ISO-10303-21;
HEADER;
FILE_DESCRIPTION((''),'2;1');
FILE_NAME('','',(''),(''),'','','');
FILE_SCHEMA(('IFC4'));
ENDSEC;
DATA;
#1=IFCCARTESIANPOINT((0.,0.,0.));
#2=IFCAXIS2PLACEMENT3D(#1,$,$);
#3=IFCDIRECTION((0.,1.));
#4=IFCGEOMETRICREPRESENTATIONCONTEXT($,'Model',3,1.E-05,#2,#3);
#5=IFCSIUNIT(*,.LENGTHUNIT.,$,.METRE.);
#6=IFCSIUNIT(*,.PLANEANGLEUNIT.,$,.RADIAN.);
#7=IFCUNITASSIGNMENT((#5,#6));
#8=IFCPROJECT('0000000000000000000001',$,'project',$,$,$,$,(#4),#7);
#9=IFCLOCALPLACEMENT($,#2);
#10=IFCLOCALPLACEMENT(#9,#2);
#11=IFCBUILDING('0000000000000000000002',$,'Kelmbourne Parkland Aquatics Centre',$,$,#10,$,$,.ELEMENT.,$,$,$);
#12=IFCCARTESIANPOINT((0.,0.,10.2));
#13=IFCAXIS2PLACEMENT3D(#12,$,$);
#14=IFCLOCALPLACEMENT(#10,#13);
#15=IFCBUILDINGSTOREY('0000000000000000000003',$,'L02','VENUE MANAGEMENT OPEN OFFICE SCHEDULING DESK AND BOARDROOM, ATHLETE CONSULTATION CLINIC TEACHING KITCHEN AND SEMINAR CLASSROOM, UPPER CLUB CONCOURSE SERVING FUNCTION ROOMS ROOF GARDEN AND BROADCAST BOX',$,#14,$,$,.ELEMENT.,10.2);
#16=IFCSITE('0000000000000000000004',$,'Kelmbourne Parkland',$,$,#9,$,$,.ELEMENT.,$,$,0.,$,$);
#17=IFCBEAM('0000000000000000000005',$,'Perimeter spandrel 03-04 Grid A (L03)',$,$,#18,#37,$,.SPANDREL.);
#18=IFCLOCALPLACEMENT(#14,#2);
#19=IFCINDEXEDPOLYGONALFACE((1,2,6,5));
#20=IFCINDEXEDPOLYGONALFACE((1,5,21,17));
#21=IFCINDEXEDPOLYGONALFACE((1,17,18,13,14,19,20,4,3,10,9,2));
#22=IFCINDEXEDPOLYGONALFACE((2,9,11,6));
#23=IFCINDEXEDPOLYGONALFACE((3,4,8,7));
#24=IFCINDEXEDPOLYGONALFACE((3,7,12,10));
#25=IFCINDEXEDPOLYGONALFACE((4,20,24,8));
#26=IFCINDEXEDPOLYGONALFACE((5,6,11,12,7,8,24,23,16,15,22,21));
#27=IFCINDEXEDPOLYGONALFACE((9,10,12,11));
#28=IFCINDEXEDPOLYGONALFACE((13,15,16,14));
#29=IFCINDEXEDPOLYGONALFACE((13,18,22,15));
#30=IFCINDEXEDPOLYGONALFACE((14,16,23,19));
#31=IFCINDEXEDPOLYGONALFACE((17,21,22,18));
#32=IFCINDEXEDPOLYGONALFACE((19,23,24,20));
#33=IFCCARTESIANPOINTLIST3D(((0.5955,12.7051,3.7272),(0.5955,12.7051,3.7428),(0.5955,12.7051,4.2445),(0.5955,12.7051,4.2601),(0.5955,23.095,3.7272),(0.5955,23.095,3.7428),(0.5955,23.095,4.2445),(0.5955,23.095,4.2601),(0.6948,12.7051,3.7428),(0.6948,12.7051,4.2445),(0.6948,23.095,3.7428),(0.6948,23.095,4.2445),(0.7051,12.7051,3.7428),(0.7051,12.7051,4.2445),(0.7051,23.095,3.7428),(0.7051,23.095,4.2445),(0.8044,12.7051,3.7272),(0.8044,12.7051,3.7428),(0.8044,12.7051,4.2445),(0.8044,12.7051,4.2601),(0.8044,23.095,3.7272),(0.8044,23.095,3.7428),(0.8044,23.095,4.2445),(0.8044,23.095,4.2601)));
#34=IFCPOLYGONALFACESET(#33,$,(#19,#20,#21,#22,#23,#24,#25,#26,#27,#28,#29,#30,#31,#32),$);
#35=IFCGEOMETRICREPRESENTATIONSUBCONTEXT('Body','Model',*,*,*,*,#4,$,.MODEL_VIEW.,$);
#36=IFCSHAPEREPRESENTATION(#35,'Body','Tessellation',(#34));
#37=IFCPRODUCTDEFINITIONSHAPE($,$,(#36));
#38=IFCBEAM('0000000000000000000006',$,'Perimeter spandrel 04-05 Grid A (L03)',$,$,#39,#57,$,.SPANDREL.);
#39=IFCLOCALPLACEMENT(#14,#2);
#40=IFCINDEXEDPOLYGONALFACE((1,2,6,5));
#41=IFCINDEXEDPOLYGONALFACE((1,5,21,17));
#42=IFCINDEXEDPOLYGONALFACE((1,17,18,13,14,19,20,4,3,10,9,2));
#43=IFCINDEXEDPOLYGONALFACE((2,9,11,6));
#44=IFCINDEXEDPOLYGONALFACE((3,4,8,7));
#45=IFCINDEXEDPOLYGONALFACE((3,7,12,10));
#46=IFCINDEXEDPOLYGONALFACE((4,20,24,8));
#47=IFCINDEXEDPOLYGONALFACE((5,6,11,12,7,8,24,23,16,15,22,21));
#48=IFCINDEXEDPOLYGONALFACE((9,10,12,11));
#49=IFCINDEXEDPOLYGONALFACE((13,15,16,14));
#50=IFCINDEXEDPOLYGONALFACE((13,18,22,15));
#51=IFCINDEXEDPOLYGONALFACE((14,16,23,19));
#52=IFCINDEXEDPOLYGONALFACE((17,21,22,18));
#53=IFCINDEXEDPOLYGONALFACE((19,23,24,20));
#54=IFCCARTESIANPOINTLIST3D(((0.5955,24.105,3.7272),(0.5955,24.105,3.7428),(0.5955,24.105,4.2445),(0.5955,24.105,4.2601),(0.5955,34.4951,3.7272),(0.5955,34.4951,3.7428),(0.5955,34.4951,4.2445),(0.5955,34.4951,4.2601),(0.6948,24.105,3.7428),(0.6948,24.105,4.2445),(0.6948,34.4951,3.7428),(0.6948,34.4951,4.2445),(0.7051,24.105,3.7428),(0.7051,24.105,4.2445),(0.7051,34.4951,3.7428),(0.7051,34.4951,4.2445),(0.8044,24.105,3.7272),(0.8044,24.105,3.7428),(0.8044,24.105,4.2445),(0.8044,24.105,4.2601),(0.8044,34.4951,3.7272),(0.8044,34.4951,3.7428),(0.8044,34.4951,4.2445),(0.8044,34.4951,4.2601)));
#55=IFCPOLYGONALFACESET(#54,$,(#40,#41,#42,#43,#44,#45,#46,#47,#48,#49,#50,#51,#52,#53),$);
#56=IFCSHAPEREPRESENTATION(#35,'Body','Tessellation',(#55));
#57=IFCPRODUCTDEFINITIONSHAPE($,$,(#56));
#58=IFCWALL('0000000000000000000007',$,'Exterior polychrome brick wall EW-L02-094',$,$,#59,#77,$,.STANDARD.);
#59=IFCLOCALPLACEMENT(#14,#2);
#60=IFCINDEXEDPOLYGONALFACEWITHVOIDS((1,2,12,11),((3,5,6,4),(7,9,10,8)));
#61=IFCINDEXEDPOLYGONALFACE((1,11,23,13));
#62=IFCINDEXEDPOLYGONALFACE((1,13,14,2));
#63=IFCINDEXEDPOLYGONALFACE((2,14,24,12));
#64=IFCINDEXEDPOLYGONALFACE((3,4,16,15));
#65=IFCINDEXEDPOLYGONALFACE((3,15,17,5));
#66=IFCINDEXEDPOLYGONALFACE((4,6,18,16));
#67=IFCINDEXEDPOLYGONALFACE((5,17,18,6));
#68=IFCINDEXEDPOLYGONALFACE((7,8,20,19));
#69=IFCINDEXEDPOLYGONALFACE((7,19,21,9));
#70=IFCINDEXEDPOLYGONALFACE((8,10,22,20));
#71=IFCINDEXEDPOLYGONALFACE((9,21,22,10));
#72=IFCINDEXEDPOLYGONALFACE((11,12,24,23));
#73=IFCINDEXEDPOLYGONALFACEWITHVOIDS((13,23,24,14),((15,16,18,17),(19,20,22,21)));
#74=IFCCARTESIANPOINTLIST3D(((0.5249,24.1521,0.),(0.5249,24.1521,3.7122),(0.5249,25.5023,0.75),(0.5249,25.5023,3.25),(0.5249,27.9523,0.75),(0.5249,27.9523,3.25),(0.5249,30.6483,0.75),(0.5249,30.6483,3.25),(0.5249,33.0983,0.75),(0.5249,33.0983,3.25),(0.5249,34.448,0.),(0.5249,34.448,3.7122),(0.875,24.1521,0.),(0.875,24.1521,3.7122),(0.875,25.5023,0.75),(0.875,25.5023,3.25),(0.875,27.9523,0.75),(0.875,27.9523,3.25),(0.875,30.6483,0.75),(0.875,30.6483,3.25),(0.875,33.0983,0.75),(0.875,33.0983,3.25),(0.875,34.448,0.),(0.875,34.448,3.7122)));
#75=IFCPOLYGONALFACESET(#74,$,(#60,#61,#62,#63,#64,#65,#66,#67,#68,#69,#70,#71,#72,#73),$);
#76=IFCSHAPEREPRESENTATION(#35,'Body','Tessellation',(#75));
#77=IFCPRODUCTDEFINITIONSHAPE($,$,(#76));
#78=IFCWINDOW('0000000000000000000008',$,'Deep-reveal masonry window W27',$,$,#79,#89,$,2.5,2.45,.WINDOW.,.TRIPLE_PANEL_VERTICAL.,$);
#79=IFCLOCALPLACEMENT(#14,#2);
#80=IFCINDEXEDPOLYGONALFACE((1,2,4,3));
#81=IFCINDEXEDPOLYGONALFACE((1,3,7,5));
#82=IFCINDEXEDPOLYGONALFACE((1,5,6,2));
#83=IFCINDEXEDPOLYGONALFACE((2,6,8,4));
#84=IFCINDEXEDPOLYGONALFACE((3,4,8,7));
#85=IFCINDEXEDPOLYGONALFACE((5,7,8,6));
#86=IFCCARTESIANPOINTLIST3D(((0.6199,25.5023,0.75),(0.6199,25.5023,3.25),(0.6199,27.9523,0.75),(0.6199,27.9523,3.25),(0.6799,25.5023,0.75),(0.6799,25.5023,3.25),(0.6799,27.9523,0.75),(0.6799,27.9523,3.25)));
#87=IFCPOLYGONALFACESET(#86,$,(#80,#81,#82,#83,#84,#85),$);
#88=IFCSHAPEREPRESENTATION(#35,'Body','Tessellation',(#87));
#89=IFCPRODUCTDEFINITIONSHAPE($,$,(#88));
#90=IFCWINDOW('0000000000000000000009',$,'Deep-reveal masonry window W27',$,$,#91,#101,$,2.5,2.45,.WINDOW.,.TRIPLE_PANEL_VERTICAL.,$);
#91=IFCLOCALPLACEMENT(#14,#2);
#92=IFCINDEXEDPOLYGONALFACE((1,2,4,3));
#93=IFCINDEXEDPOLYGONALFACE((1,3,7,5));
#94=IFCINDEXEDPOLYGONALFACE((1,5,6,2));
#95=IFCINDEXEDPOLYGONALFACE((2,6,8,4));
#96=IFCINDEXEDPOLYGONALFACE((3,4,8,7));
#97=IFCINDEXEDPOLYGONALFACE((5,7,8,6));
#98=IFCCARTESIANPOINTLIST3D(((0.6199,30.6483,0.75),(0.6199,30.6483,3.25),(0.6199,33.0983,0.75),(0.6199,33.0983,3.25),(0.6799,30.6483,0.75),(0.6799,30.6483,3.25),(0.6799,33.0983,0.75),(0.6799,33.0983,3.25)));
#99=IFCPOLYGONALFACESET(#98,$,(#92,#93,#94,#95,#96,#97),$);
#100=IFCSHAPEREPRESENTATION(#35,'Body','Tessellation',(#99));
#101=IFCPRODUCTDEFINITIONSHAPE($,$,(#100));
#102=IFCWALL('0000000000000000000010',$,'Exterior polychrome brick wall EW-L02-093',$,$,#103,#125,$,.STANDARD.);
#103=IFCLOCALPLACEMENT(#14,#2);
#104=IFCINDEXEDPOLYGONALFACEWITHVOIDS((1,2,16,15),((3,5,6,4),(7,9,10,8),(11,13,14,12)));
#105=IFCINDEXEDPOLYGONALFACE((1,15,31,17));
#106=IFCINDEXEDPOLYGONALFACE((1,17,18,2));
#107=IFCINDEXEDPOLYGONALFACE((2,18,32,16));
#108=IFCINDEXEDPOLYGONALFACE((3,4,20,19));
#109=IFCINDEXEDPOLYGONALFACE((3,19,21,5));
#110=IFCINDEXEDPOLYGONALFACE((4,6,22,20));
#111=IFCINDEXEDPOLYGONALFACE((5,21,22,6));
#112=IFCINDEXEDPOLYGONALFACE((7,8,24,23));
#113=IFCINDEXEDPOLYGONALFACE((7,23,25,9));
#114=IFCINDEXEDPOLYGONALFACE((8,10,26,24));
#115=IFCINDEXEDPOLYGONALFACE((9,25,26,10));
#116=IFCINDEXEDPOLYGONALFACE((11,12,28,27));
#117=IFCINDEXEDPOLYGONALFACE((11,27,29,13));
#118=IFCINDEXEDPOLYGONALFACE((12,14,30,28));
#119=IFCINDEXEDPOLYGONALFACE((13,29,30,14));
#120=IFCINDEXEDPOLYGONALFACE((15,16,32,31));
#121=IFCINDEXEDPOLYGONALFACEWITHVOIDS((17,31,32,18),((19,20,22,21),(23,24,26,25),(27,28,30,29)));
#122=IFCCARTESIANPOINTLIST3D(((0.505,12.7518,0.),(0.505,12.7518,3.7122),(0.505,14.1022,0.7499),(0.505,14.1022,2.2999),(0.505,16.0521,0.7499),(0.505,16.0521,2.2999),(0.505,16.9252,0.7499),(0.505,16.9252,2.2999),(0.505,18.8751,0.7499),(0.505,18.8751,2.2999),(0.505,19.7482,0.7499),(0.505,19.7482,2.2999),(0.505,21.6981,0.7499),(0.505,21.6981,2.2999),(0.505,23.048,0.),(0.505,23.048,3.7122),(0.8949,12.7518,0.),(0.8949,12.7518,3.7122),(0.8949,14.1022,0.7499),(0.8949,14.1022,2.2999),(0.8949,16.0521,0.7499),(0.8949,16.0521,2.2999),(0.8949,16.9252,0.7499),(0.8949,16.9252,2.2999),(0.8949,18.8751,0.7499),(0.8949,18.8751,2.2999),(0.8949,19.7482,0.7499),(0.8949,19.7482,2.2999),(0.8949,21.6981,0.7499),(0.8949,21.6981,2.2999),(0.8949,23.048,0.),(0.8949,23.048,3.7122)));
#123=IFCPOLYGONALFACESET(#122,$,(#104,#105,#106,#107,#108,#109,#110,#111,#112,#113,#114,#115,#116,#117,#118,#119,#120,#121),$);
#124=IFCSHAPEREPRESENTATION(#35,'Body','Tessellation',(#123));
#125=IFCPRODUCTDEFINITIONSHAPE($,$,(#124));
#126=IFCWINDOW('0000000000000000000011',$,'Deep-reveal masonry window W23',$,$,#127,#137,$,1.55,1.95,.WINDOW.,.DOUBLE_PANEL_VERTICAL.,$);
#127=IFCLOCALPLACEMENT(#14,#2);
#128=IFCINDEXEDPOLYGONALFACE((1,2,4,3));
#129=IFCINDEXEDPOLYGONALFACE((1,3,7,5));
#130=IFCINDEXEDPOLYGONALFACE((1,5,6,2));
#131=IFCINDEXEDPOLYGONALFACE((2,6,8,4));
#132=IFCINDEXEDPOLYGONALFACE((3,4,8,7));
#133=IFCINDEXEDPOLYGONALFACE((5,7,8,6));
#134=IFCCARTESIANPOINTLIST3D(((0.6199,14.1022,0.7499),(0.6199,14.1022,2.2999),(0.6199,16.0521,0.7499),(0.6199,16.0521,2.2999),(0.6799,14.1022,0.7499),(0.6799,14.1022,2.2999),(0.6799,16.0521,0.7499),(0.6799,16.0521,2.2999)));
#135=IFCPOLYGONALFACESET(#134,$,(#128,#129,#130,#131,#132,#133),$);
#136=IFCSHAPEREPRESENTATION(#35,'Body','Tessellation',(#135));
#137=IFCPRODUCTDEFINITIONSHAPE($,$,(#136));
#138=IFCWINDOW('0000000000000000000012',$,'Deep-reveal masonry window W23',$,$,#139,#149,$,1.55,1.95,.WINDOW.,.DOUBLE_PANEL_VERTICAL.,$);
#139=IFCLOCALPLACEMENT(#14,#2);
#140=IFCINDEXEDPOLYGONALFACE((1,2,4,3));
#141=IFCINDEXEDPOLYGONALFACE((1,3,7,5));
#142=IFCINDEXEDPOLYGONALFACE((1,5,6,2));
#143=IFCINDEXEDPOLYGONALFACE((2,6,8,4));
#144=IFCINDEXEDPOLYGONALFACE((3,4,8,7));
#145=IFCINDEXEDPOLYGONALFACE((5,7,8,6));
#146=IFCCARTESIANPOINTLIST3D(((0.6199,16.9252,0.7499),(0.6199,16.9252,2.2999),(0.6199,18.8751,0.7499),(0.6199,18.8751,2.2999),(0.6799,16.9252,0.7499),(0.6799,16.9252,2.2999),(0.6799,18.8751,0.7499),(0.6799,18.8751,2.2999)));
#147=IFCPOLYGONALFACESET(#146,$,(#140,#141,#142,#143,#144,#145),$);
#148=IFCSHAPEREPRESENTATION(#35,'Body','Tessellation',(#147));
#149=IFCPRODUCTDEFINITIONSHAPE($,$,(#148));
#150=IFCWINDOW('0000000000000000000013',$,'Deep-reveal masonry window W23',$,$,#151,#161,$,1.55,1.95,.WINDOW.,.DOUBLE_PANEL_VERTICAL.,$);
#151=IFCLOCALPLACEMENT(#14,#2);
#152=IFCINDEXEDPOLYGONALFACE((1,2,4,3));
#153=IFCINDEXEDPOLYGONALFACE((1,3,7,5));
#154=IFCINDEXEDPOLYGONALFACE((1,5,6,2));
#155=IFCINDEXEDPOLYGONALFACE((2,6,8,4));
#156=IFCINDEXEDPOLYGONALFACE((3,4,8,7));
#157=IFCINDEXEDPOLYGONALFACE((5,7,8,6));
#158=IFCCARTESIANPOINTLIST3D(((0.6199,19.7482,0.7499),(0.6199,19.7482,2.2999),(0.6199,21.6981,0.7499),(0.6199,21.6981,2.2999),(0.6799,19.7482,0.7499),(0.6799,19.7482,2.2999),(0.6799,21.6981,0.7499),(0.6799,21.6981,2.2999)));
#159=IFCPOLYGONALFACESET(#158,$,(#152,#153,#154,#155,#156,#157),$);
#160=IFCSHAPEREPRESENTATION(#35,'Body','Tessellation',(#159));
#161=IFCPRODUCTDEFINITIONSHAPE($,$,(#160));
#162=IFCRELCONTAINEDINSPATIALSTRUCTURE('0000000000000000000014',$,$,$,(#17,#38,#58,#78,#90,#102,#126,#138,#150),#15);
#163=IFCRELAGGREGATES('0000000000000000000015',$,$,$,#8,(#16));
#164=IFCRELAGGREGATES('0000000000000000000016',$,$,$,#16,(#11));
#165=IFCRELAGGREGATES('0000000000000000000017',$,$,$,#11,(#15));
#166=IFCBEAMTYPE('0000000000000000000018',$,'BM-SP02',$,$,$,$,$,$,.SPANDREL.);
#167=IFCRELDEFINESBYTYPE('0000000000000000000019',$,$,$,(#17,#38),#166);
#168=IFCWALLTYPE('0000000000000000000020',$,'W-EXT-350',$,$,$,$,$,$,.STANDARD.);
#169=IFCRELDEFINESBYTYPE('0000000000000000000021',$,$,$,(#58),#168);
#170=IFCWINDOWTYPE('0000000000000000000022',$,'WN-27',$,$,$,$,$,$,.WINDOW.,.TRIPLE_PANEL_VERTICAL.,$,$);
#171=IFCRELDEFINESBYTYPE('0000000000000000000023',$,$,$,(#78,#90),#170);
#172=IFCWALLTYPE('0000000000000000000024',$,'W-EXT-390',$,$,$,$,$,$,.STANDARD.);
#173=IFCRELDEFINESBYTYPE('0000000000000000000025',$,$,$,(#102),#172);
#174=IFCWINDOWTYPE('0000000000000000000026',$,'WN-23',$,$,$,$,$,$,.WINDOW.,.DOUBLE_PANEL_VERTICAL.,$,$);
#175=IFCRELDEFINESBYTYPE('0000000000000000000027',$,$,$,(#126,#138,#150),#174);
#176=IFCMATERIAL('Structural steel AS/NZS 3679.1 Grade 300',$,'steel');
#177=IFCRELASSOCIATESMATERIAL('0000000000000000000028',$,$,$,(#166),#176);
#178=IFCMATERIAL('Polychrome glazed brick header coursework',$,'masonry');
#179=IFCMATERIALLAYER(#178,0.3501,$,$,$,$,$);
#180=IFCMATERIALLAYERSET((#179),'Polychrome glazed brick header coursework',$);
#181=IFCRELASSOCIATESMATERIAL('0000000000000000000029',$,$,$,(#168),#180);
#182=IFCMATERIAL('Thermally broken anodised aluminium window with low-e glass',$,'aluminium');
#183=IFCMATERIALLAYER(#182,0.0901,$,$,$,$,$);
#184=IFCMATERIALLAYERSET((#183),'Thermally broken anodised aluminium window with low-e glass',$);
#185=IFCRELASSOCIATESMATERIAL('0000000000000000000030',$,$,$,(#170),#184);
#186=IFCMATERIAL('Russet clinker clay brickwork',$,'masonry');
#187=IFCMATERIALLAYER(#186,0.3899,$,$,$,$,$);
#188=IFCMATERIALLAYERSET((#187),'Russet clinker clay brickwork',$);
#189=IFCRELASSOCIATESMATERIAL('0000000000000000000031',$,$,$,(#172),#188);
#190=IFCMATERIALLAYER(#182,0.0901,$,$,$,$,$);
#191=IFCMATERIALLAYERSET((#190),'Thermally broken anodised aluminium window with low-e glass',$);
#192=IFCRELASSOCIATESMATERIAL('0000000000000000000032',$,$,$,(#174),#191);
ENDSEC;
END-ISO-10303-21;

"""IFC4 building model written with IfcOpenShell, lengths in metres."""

from ifc_helpers import new_model, si_unit, direction, frame, frame_2d, origin, origin_2d, place, context, subcontext, project, spatial, rectangle, i_section, extrude, material, layer, layer_set, material_profile, profile_set, type_object, element, fill, save


model = new_model("IFC4")

# Units and contexts
model_context = context("Model", 3, precision=1e-05, world=origin(), true_north=direction((0.0, 1.0)))
body_context = subcontext(model_context, "Body", "Model", "MODEL_VIEW")
ifc_project = project(units=[si_unit("LENGTHUNIT", "METRE"), si_unit("PLANEANGLEUNIT", "RADIAN")], contexts=[model_context])

# Site, building, storey
site_placement = place(None, origin())
site = spatial("IfcSite", under=ifc_project, at=site_placement, Name="Kelmbourne Parkland", CompositionType="ELEMENT", RefElevation=0.0)
building_placement = place(site_placement, origin())
building = spatial("IfcBuilding", under=site, at=building_placement, Name="Kelmbourne Parkland Aquatics Centre", CompositionType="ELEMENT")
storey_placement = place(building_placement, frame((0.0, 0.0, 10.2)))
storey = spatial("IfcBuildingStorey", under=building, at=storey_placement, Name="L02", Description="VENUE MANAGEMENT OPEN OFFICE SCHEDULING DESK AND BOARDROOM, ATHLETE CONSULTATION CLINIC TEACHING KITCHEN AND SEMINAR CLASSROOM, UPPER CLUB CONCOURSE SERVING FUNCTION ROOMS ROOF GARDEN AND BROADCAST BOX", CompositionType="ELEMENT", Elevation=10.2)

# Beams
ifc_material_1 = material(Name="Structural steel AS/NZS 3679.1 Grade 300", Category="steel")
ifc_material_profile_1 = material_profile(ifc_material_1, i_section(OverallWidth=0.209, OverallDepth=0.533, WebThickness=0.0103, FlangeThickness=0.0156, at=origin_2d()), Name="530UB92.4")
ifc_profile_set_1 = profile_set([ifc_material_profile_1], Name="Structural steel AS/NZS 3679.1 Grade 300")
beam_type_1 = type_object("IfcBeamType", Name="BM-SP02", PredefinedType="SPANDREL", material=ifc_profile_set_1)
beam_1_placement = place(storey_placement, frame((0.7, 12.7051, 3.9937), z_axis=(0.0, 1.0, 0.0), x_axis=(-1.0, 0.0, 0.0)))
element("IfcBeam", 1, at=beam_1_placement, inside=storey, type_object=beam_type_1, Name="Perimeter spandrel 03-04 Grid A (L03)", PredefinedType="SPANDREL", context=body_context, shape_type="SweptSolid", body=[
    extrude(i_section(OverallWidth=0.209, OverallDepth=0.533, WebThickness=0.0103, FlangeThickness=0.0156, at=origin_2d()), origin(), (0.0, 0.0, 1.0), 10.3899),
])
beam_2_placement = place(storey_placement, frame((0.7, 24.105, 3.9937), z_axis=(0.0, 1.0, 0.0), x_axis=(-1.0, 0.0, 0.0)))
element("IfcBeam", 2, at=beam_2_placement, inside=storey, type_object=beam_type_1, Name="Perimeter spandrel 04-05 Grid A (L03)", PredefinedType="SPANDREL", context=body_context, shape_type="SweptSolid", body=[
    extrude(i_section(OverallWidth=0.209, OverallDepth=0.533, WebThickness=0.0103, FlangeThickness=0.0156, at=origin_2d()), origin(), (0.0, 0.0, 1.0), 10.3901),
])

# Walls, openings, windows
ifc_material_2 = material(Name="Polychrome glazed brick header coursework", Category="masonry")
ifc_layer_1 = layer(ifc_material_2, 0.3501)
ifc_layer_set_1 = layer_set([ifc_layer_1], Name="Polychrome glazed brick header coursework")
wall_type_1 = type_object("IfcWallType", Name="W-EXT-350", PredefinedType="STANDARD", material=ifc_layer_set_1)
wall_1_placement = place(storey_placement, frame((0.7, 24.1521, 0.0), z_axis=(0.0, 0.0, 1.0), x_axis=(0.0, 1.0, 0.0)))
wall_1 = element("IfcWall", 3, at=wall_1_placement, inside=storey, type_object=wall_type_1, Name="Exterior polychrome brick wall EW-L02-094", PredefinedType="STANDARD", context=body_context, shape_type="SweptSolid", body=[
    extrude(rectangle(XDim=10.2959, YDim=0.3501, at=frame_2d((5.1479, 0.0))), origin(), (0.0, 0.0, 1.0), 3.7122),
])
opening_1_placement = place(wall_1_placement, frame((1.3501, 0.0, 0.75)))
opening_1 = element("IfcOpeningElement", 4, at=opening_1_placement, cuts=wall_1, PredefinedType="OPENING", context=body_context, shape_type="SweptSolid", body=[
    extrude(rectangle(XDim=2.45, YDim=2.5, at=frame_2d((1.2251, 1.25))), frame((0.0, 0.187, 0.0), z_axis=(0.0, -1.0, 0.0), x_axis=(1.0, 0.0, 0.0)), (0.0, 0.0, 1.0), 0.374),
])
opening_2_placement = place(wall_1_placement, frame((6.4961, 0.0, 0.75)))
opening_2 = element("IfcOpeningElement", 5, at=opening_2_placement, cuts=wall_1, PredefinedType="OPENING", context=body_context, shape_type="SweptSolid", body=[
    extrude(rectangle(XDim=2.45, YDim=2.5, at=frame_2d((1.2251, 1.25))), frame((0.0, 0.187, 0.0), z_axis=(0.0, -1.0, 0.0), x_axis=(1.0, 0.0, 0.0)), (0.0, 0.0, 1.0), 0.374),
])
ifc_material_3 = material(Name="Thermally broken anodised aluminium window with low-e glass", Category="aluminium")
ifc_layer_2 = layer(ifc_material_3, 0.0901)
ifc_layer_set_2 = layer_set([ifc_layer_2], Name="Thermally broken anodised aluminium window with low-e glass")
window_type_1 = type_object("IfcWindowType", Name="WN-27", PartitioningType="TRIPLE_PANEL_VERTICAL", PredefinedType="WINDOW", material=ifc_layer_set_2)
window_1_placement = place(opening_1_placement, origin())
window_1 = element("IfcWindow", 6, at=window_1_placement, inside=storey, type_object=window_type_1, Name="Deep-reveal masonry window W27", OverallHeight=2.5, OverallWidth=2.45, PartitioningType="TRIPLE_PANEL_VERTICAL", PredefinedType="WINDOW", context=body_context, shape_type="SweptSolid", body=[
    extrude(rectangle(XDim=2.45, YDim=2.5, at=frame_2d((1.2251, 1.25))), frame((0.0, 0.0801, 0.0), z_axis=(0.0, -1.0, 0.0), x_axis=(1.0, 0.0, 0.0)), (0.0, 0.0, 1.0), 0.0601),
])
fill(opening_1, window_1)
window_2_placement = place(opening_2_placement, origin())
window_2 = element("IfcWindow", 7, at=window_2_placement, inside=storey, type_object=window_type_1, Name="Deep-reveal masonry window W27", OverallHeight=2.5, OverallWidth=2.45, PartitioningType="TRIPLE_PANEL_VERTICAL", PredefinedType="WINDOW", context=body_context, shape_type="SweptSolid", body=[
    extrude(rectangle(XDim=2.45, YDim=2.5, at=frame_2d((1.2251, 1.25))), frame((0.0, 0.0801, 0.0), z_axis=(0.0, -1.0, 0.0), x_axis=(1.0, 0.0, 0.0)), (0.0, 0.0, 1.0), 0.0601),
])
fill(opening_2, window_2)
ifc_material_4 = material(Name="Russet clinker clay brickwork", Category="masonry")
ifc_layer_3 = layer(ifc_material_4, 0.3899)
ifc_layer_set_3 = layer_set([ifc_layer_3], Name="Russet clinker clay brickwork")
wall_type_2 = type_object("IfcWallType", Name="W-EXT-390", PredefinedType="STANDARD", material=ifc_layer_set_3)
wall_2_placement = place(storey_placement, frame((0.7, 12.752, 0.0), z_axis=(0.0, 0.0, 1.0), x_axis=(0.0, 1.0, 0.0)))
wall_2 = element("IfcWall", 8, at=wall_2_placement, inside=storey, type_object=wall_type_2, Name="Exterior polychrome brick wall EW-L02-093", PredefinedType="STANDARD", context=body_context, shape_type="SweptSolid", body=[
    extrude(rectangle(XDim=10.2961, YDim=0.3899, at=frame_2d((5.1479, 0.0))), origin(), (0.0, 0.0, 1.0), 3.7122),
])
opening_3_placement = place(wall_2_placement, frame((1.3501, 0.0, 0.75)))
opening_3 = element("IfcOpeningElement", 9, at=opening_3_placement, cuts=wall_2, PredefinedType="OPENING", context=body_context, shape_type="SweptSolid", body=[
    extrude(rectangle(XDim=1.95, YDim=1.55, at=frame_2d((0.9751, 0.7749))), frame((0.0, 0.207, 0.0), z_axis=(0.0, -1.0, 0.0), x_axis=(1.0, 0.0, 0.0)), (0.0, 0.0, 1.0), 0.4138),
])
opening_4_placement = place(wall_2_placement, frame((4.1731, 0.0, 0.75)))
opening_4 = element("IfcOpeningElement", 10, at=opening_4_placement, cuts=wall_2, PredefinedType="OPENING", context=body_context, shape_type="SweptSolid", body=[
    extrude(rectangle(XDim=1.95, YDim=1.55, at=frame_2d((0.9751, 0.7749))), frame((0.0, 0.207, 0.0), z_axis=(0.0, -1.0, 0.0), x_axis=(1.0, 0.0, 0.0)), (0.0, 0.0, 1.0), 0.4138),
])
opening_5_placement = place(wall_2_placement, frame((6.9961, 0.0, 0.75)))
opening_5 = element("IfcOpeningElement", 11, at=opening_5_placement, cuts=wall_2, PredefinedType="OPENING", context=body_context, shape_type="SweptSolid", body=[
    extrude(rectangle(XDim=1.95, YDim=1.55, at=frame_2d((0.9751, 0.7749))), frame((0.0, 0.207, 0.0), z_axis=(0.0, -1.0, 0.0), x_axis=(1.0, 0.0, 0.0)), (0.0, 0.0, 1.0), 0.4138),
])
ifc_layer_4 = layer(ifc_material_3, 0.0901)
ifc_layer_set_4 = layer_set([ifc_layer_4], Name="Thermally broken anodised aluminium window with low-e glass")
window_type_2 = type_object("IfcWindowType", Name="WN-23", PartitioningType="DOUBLE_PANEL_VERTICAL", PredefinedType="WINDOW", material=ifc_layer_set_4)
window_3_placement = place(opening_3_placement, origin())
window_3 = element("IfcWindow", 12, at=window_3_placement, inside=storey, type_object=window_type_2, Name="Deep-reveal masonry window W23", OverallHeight=1.55, OverallWidth=1.95, PartitioningType="DOUBLE_PANEL_VERTICAL", PredefinedType="WINDOW", context=body_context, shape_type="SweptSolid", body=[
    extrude(rectangle(XDim=1.95, YDim=1.55, at=frame_2d((0.9751, 0.7749))), frame((0.0, 0.0801, 0.0), z_axis=(0.0, -1.0, 0.0), x_axis=(1.0, 0.0, 0.0)), (0.0, 0.0, 1.0), 0.0601),
])
fill(opening_3, window_3)
window_4_placement = place(opening_4_placement, origin())
window_4 = element("IfcWindow", 13, at=window_4_placement, inside=storey, type_object=window_type_2, Name="Deep-reveal masonry window W23", OverallHeight=1.55, OverallWidth=1.95, PartitioningType="DOUBLE_PANEL_VERTICAL", PredefinedType="WINDOW", context=body_context, shape_type="SweptSolid", body=[
    extrude(rectangle(XDim=1.95, YDim=1.55, at=frame_2d((0.9751, 0.7749))), frame((0.0, 0.0801, 0.0), z_axis=(0.0, -1.0, 0.0), x_axis=(1.0, 0.0, 0.0)), (0.0, 0.0, 1.0), 0.0601),
])
fill(opening_4, window_4)
window_5_placement = place(opening_5_placement, origin())
window_5 = element("IfcWindow", 14, at=window_5_placement, inside=storey, type_object=window_type_2, Name="Deep-reveal masonry window W23", OverallHeight=1.55, OverallWidth=1.95, PartitioningType="DOUBLE_PANEL_VERTICAL", PredefinedType="WINDOW", context=body_context, shape_type="SweptSolid", body=[
    extrude(rectangle(XDim=1.95, YDim=1.55, at=frame_2d((0.9751, 0.7749))), frame((0.0, 0.0801, 0.0), z_axis=(0.0, -1.0, 0.0), x_axis=(1.0, 0.0, 0.0)), (0.0, 0.0, 1.0), 0.0601),
])
fill(opening_5, window_5)

save(model, "model.ifc")
